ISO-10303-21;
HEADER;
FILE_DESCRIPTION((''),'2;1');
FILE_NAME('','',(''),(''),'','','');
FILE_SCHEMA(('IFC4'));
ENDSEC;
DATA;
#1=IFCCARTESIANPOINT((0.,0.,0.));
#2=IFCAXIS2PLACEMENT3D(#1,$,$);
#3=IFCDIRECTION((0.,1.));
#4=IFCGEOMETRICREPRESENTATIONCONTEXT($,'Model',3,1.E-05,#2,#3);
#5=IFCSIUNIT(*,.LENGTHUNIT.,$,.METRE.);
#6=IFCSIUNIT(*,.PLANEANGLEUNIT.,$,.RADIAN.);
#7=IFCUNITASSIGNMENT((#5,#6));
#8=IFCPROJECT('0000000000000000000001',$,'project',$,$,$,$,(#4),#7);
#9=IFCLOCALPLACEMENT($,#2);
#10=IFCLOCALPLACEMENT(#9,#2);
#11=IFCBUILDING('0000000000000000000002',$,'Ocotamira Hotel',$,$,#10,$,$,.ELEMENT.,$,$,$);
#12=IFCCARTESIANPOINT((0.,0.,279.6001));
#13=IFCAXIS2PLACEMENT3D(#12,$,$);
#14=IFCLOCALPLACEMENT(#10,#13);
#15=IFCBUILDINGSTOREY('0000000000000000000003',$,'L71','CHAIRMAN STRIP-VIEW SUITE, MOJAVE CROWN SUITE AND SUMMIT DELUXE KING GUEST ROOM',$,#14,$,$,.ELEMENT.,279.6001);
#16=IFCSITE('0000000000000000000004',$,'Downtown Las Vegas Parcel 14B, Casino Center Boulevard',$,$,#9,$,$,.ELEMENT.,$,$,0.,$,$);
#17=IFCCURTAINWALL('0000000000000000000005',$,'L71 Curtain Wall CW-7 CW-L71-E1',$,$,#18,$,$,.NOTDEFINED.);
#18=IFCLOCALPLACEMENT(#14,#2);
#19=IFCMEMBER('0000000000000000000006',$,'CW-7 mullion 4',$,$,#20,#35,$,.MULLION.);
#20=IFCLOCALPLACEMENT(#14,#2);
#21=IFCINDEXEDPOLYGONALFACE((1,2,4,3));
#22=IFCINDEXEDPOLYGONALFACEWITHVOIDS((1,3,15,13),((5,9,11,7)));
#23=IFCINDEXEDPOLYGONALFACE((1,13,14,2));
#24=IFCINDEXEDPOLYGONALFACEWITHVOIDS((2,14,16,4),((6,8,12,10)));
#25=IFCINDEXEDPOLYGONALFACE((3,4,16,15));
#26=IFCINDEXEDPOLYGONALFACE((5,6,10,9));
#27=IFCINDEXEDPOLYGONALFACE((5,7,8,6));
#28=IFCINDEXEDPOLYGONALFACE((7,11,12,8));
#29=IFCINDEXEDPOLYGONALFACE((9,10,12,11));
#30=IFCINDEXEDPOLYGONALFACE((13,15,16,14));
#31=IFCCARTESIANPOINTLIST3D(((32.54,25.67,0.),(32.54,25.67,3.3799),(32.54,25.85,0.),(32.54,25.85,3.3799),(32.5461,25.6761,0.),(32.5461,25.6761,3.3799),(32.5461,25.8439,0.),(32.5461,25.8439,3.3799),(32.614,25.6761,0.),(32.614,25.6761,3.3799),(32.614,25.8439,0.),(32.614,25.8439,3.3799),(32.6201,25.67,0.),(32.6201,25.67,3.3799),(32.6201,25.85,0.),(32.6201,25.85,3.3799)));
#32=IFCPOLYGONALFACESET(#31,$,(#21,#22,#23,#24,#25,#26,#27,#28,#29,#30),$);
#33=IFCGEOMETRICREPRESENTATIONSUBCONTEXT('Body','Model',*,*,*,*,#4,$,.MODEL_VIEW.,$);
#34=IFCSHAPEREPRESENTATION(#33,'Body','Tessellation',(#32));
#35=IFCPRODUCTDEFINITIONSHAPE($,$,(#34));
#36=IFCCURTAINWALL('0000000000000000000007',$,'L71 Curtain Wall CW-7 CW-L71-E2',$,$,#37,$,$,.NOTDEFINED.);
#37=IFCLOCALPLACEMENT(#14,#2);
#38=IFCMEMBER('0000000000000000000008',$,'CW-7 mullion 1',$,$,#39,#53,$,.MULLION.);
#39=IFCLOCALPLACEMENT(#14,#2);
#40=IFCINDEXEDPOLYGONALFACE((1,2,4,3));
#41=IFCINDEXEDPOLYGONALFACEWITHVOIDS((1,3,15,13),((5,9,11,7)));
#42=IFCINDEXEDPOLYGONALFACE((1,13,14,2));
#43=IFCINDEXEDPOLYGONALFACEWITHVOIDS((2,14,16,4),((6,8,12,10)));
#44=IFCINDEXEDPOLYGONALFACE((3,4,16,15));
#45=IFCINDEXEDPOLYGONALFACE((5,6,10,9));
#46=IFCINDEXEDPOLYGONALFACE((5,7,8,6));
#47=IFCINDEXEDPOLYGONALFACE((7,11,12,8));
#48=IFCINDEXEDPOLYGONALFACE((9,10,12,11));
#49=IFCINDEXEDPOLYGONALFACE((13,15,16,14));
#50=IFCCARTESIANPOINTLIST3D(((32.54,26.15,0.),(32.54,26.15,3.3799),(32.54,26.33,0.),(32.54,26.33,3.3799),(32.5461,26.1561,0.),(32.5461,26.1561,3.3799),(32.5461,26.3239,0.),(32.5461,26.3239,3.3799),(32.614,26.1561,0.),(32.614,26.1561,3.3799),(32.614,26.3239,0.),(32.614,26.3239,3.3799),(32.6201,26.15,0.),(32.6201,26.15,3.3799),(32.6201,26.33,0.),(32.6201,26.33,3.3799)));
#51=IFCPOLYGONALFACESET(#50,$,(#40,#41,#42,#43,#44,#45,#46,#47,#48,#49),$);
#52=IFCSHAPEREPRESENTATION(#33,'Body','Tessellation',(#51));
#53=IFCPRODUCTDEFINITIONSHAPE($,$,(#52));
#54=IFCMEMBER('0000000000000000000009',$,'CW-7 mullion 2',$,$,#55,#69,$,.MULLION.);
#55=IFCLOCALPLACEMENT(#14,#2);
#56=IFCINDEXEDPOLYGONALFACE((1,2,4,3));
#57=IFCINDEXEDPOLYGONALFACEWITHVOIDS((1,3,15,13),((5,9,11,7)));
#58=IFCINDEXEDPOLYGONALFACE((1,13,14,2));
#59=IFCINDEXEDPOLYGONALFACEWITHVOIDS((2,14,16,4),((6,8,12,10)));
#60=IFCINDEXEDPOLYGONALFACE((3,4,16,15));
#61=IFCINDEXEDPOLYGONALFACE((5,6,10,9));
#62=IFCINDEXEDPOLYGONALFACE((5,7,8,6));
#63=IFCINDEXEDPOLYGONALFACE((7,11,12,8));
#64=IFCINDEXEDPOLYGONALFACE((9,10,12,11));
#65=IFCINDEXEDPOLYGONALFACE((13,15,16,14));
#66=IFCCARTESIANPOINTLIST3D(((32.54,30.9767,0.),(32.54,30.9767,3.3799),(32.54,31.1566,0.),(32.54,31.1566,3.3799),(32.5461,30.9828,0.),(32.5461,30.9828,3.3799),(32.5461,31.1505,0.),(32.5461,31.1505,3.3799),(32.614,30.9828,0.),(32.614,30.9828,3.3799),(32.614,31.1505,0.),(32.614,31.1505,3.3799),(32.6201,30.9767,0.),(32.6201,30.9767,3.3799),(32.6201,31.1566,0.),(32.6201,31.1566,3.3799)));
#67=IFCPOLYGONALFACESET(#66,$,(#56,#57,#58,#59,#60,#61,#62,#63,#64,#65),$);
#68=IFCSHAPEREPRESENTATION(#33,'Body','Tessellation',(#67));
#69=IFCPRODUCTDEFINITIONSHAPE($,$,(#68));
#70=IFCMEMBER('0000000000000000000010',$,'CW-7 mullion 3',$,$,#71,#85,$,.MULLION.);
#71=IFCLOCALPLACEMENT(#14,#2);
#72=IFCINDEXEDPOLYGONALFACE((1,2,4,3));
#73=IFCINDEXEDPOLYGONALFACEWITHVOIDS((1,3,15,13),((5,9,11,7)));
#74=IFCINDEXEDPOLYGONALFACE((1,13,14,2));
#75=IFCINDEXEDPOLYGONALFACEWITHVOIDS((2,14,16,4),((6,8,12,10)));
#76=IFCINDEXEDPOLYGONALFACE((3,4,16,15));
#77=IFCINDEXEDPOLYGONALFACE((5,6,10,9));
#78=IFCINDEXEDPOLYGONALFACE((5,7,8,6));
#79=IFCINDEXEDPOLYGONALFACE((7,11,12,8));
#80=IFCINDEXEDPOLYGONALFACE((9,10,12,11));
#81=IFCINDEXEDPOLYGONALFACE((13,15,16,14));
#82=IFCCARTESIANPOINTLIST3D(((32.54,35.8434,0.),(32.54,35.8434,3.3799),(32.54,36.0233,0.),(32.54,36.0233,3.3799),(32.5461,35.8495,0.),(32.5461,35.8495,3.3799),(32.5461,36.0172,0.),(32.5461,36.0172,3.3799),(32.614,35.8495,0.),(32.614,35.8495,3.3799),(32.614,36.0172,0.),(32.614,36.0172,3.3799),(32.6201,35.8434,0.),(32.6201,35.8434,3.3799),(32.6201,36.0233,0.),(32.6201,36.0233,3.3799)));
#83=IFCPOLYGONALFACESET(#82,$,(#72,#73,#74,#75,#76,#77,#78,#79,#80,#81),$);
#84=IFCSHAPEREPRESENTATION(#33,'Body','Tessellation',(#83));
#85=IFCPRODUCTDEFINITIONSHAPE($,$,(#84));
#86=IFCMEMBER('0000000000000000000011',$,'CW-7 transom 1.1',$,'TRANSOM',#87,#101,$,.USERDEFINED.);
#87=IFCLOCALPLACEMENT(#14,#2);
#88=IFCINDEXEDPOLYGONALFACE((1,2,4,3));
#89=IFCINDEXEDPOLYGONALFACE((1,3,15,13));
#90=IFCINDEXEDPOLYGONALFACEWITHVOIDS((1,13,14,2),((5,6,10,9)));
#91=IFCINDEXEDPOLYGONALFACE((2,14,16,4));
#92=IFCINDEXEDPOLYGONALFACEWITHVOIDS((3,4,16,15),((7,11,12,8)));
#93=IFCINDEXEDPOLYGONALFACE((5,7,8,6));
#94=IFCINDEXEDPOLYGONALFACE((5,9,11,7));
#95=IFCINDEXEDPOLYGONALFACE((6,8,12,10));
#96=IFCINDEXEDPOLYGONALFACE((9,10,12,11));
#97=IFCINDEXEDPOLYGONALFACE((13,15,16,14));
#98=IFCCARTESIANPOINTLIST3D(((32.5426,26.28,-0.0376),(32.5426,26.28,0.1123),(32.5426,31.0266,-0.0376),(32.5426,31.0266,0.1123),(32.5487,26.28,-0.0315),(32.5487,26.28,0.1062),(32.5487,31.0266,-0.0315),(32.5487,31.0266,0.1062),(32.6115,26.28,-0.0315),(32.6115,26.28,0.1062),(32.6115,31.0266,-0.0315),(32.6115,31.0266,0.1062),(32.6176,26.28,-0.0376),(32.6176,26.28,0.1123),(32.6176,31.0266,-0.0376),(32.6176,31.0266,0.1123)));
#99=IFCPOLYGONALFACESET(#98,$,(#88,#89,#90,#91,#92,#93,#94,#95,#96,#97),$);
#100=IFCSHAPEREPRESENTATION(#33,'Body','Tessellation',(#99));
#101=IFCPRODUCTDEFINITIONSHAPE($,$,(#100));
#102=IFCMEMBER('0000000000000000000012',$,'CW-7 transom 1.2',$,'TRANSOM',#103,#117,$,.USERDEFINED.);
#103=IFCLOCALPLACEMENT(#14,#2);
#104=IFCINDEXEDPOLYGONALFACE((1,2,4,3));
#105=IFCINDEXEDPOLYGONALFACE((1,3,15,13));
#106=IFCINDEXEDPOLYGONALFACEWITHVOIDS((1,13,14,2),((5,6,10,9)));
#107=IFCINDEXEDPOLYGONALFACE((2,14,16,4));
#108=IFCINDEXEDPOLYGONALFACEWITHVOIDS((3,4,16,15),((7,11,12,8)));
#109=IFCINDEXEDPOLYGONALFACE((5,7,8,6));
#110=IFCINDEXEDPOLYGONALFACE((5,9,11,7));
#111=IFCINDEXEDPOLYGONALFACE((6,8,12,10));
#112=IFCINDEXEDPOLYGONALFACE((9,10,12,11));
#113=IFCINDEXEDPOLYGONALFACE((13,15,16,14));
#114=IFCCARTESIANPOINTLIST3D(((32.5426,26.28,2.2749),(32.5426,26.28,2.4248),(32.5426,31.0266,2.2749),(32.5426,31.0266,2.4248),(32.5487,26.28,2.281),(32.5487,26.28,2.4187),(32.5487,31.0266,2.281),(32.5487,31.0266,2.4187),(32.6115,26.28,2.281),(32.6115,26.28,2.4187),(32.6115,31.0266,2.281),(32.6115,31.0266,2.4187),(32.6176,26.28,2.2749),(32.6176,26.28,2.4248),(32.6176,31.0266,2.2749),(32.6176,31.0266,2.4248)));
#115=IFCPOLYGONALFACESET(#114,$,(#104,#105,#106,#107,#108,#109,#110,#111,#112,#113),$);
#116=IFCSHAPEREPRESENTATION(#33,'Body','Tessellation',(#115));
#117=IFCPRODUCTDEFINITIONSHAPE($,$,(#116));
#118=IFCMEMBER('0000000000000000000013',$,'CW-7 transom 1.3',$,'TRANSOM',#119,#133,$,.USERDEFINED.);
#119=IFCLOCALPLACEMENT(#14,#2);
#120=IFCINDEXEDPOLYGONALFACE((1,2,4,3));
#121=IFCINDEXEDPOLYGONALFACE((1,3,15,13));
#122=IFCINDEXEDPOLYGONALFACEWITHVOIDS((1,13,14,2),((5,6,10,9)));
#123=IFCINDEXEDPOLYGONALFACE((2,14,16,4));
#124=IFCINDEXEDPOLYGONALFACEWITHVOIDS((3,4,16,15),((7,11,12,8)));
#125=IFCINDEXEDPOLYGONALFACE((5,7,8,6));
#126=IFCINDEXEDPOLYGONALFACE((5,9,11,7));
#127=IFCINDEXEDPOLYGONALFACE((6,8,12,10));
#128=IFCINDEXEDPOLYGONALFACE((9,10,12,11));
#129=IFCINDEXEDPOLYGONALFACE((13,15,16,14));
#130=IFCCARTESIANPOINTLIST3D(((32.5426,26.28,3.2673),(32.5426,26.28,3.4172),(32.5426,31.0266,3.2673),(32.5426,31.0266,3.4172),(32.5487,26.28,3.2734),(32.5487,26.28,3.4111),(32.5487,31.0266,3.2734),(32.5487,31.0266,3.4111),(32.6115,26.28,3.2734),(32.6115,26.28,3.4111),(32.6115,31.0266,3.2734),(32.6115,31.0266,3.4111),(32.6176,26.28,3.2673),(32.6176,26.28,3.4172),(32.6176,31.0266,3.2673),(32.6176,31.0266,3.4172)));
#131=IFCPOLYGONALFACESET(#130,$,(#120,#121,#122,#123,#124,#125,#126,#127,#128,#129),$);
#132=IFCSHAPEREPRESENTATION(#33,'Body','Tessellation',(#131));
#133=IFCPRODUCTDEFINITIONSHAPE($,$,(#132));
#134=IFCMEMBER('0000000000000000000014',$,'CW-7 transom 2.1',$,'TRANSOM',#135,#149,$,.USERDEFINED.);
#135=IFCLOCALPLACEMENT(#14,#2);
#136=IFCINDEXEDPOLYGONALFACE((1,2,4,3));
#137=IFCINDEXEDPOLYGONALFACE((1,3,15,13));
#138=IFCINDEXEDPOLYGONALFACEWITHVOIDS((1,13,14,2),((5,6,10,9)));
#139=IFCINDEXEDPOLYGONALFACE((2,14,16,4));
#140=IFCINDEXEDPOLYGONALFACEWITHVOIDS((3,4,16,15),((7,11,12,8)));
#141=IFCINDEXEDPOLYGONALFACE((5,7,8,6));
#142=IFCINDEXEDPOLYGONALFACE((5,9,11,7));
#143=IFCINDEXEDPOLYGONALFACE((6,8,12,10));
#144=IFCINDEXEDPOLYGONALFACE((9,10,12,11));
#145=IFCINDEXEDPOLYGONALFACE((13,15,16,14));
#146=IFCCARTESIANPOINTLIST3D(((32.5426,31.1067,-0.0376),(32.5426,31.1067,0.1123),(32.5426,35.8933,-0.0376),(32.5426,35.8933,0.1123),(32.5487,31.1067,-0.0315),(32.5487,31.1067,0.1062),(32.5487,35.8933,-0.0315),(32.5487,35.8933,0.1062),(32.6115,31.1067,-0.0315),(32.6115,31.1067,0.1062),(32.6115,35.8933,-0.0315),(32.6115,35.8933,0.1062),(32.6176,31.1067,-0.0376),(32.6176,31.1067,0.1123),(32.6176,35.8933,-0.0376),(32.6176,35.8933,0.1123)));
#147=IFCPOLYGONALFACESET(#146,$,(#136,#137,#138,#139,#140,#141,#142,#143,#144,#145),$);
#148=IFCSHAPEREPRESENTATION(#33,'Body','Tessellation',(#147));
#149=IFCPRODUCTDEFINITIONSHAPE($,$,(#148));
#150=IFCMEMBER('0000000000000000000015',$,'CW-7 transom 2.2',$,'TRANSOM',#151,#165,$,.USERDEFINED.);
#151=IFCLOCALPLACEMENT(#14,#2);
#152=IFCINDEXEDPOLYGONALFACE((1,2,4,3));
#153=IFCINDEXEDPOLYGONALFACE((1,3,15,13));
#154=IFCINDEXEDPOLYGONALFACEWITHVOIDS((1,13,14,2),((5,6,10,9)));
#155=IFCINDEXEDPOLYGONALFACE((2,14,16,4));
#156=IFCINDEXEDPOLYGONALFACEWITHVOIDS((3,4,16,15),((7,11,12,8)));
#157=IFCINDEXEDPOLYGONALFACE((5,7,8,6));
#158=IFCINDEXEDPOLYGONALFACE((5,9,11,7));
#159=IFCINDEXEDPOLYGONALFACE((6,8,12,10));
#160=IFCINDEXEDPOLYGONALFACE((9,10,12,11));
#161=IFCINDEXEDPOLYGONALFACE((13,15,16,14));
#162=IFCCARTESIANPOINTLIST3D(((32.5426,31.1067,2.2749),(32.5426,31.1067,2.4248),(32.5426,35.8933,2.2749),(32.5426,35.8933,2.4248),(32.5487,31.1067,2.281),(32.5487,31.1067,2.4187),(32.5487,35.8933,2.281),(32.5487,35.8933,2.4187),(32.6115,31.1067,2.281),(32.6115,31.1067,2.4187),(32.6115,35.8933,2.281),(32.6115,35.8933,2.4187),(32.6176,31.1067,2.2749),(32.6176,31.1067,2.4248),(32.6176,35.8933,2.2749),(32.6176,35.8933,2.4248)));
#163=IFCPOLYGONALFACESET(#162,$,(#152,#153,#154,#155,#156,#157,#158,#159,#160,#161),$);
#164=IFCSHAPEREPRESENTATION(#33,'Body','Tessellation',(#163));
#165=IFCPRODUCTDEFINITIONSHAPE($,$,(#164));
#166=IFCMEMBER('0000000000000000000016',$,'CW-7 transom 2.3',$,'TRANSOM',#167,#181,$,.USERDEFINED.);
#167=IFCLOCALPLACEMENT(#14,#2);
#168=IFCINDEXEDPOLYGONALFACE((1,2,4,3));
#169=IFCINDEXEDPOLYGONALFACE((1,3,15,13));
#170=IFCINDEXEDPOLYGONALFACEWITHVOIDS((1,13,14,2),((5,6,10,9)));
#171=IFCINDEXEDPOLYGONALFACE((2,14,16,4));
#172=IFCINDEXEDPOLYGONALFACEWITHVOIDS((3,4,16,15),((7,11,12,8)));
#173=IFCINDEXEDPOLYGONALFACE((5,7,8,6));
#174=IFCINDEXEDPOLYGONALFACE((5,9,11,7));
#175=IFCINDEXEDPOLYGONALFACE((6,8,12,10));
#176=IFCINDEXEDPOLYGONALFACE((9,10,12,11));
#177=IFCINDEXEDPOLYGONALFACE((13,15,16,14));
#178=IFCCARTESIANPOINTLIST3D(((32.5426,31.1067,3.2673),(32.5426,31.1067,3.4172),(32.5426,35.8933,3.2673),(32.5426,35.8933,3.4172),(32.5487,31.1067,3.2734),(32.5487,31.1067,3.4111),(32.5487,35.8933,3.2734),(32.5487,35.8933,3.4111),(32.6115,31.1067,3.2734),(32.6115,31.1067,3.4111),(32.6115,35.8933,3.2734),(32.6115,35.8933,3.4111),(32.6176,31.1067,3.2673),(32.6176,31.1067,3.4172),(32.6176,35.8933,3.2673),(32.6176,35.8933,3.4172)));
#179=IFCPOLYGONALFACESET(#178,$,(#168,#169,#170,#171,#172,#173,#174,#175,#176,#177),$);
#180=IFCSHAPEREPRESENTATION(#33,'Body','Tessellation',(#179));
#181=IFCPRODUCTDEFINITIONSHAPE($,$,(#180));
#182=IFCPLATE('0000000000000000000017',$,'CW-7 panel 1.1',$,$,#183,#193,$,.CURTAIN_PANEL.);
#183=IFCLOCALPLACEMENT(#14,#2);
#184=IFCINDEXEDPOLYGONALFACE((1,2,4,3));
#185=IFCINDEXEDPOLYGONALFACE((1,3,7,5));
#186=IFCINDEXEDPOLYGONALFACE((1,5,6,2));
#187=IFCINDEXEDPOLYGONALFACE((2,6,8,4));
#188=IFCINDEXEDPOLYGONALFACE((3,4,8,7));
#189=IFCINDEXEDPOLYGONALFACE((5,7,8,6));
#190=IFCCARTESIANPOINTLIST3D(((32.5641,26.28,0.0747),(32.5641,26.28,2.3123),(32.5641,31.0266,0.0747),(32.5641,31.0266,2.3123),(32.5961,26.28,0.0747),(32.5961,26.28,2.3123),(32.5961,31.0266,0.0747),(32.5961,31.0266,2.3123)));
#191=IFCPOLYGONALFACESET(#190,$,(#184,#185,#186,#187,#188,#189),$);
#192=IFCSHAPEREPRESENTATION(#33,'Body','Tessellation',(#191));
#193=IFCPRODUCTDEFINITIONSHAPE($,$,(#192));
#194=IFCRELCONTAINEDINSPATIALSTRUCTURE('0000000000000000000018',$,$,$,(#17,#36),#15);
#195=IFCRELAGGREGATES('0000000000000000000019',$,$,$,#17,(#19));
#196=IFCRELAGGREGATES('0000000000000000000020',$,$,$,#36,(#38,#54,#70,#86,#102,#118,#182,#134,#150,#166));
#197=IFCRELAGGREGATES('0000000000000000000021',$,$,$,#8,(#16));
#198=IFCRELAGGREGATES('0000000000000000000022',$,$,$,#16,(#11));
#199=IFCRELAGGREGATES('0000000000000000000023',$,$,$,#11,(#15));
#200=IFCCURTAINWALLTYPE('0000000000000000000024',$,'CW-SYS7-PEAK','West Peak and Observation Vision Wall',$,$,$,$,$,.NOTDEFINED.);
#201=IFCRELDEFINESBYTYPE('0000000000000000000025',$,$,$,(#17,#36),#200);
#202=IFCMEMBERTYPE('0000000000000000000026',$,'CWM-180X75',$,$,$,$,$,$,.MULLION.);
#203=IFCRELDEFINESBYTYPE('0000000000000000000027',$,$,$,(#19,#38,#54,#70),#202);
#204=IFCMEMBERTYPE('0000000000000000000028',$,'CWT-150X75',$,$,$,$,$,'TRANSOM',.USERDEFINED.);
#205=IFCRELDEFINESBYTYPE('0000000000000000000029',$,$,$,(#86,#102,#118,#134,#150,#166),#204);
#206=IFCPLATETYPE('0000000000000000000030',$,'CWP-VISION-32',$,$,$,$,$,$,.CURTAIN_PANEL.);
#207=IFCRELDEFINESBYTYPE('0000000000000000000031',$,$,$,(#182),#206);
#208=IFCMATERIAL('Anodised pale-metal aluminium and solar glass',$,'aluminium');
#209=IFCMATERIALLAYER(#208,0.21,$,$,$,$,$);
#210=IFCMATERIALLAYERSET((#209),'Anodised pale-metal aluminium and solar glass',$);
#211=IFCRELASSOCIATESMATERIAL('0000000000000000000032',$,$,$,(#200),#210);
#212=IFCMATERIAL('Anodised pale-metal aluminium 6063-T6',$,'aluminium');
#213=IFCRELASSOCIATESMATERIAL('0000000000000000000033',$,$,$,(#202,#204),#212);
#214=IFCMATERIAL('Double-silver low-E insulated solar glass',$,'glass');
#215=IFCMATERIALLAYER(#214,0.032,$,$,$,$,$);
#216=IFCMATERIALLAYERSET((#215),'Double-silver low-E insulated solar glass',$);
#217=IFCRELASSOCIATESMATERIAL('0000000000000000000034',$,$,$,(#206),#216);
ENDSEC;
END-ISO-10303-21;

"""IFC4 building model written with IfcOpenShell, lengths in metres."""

from ifc_helpers import new_model, si_unit, direction, frame, origin, origin_2d, place, context, subcontext, project, spatial, rectangle, hollow_rectangle, extrude, source, transform, mapped, material, layer, layer_set, material_profile, profile_set, type_object, element, aggregate, save


model = new_model("IFC4")

# Units and contexts
model_context = context("Model", 3, precision=1e-05, world=origin(), true_north=direction((0.0, 1.0)))
body_context = subcontext(model_context, "Body", "Model", "MODEL_VIEW")
ifc_project = project(units=[si_unit("LENGTHUNIT", "METRE"), si_unit("PLANEANGLEUNIT", "RADIAN")], contexts=[model_context])

# Site, building, storey
site_placement = place(None, origin())
site = spatial("IfcSite", under=ifc_project, at=site_placement, Name="Downtown Las Vegas Parcel 14B, Casino Center Boulevard", CompositionType="ELEMENT", RefElevation=0.0)
building_placement = place(site_placement, origin())
building = spatial("IfcBuilding", under=site, at=building_placement, Name="Ocotamira Hotel", CompositionType="ELEMENT")
storey_placement = place(building_placement, frame((0.0, 0.0, 279.6001)))
storey = spatial("IfcBuildingStorey", under=building, at=storey_placement, Name="L71", Description="CHAIRMAN STRIP-VIEW SUITE, MOJAVE CROWN SUITE AND SUMMIT DELUXE KING GUEST ROOM", CompositionType="ELEMENT", Elevation=279.6001)

# Curtain wall, member
ifc_material_1 = material(Name="Anodised pale-metal aluminium and solar glass", Category="aluminium")
ifc_layer_1 = layer(ifc_material_1, 0.21)
ifc_layer_set_1 = layer_set([ifc_layer_1], Name="Anodised pale-metal aluminium and solar glass")
curtain_wall_type = type_object("IfcCurtainWallType", Name="CW-SYS7-PEAK", Description="West Peak and Observation Vision Wall", PredefinedType="NOTDEFINED", material=ifc_layer_set_1)
curtain_wall_1_placement = place(storey_placement, origin())
curtain_wall_1 = element("IfcCurtainWall", 1, at=curtain_wall_1_placement, inside=storey, type_object=curtain_wall_type, Name="L71 Curtain Wall CW-7 CW-L71-E1", PredefinedType="NOTDEFINED")
ifc_material_2 = material(Name="Anodised pale-metal aluminium 6063-T6", Category="aluminium")
ifc_material_profile_1 = material_profile(ifc_material_2, hollow_rectangle(XDim=0.0801, YDim=0.1799, WallThickness=0.0061, at=origin_2d()), Name="HSS180X80X6")
ifc_profile_set_1 = profile_set([ifc_material_profile_1], Name="Anodised pale-metal aluminium 6063-T6")
member_type_1 = type_object("IfcMemberType", Name="CWM-180X75", PredefinedType="MULLION", material=ifc_profile_set_1)
shared_shape_1 = source(origin(), body_context, "Body", "SweptSolid", [
    extrude(hollow_rectangle(XDim=0.0801, YDim=0.1799, WallThickness=0.0061, at=origin_2d()), origin(), (0.0, 0.0, 1.0), 3.3799),
])
member_1_placement = place(storey_placement, frame((32.5801, 25.76, 0.0), z_axis=(0.0, 0.0, 1.0), x_axis=(-1.0, 0.0, 0.0)))
member_1 = element("IfcMember", 2, at=member_1_placement, type_object=member_type_1, Name="CW-7 mullion 4", PredefinedType="MULLION", context=body_context, shape_type="MappedRepresentation", body=[
    mapped(shared_shape_1, transform((0.0, 0.0, 0.0), scale=1.0)),
])
aggregate(curtain_wall_1, [member_1])

# Curtain wall, members, plate
curtain_wall_2_placement = place(storey_placement, origin())
curtain_wall_2 = element("IfcCurtainWall", 3, at=curtain_wall_2_placement, inside=storey, type_object=curtain_wall_type, Name="L71 Curtain Wall CW-7 CW-L71-E2", PredefinedType="NOTDEFINED")
member_2_placement = place(storey_placement, frame((32.5801, 26.24, 0.0), z_axis=(0.0, 0.0, 1.0), x_axis=(-1.0, 0.0, 0.0)))
member_2 = element("IfcMember", 4, at=member_2_placement, type_object=member_type_1, Name="CW-7 mullion 1", PredefinedType="MULLION", context=body_context, shape_type="MappedRepresentation", body=[
    mapped(shared_shape_1, transform((0.0, 0.0, 0.0), scale=1.0)),
])
member_3_placement = place(storey_placement, frame((32.5801, 31.0667, 0.0), z_axis=(0.0, 0.0, 1.0), x_axis=(-1.0, 0.0, 0.0)))
member_3 = element("IfcMember", 5, at=member_3_placement, type_object=member_type_1, Name="CW-7 mullion 2", PredefinedType="MULLION", context=body_context, shape_type="MappedRepresentation", body=[
    mapped(shared_shape_1, transform((0.0, 0.0, 0.0), scale=1.0)),
])
member_4_placement = place(storey_placement, frame((32.5801, 35.9333, 0.0), z_axis=(0.0, 0.0, 1.0), x_axis=(-1.0, 0.0, 0.0)))
member_4 = element("IfcMember", 6, at=member_4_placement, type_object=member_type_1, Name="CW-7 mullion 3", PredefinedType="MULLION", context=body_context, shape_type="MappedRepresentation", body=[
    mapped(shared_shape_1, transform((0.0, 0.0, 0.0), scale=1.0)),
])
ifc_material_profile_2 = material_profile(ifc_material_2, hollow_rectangle(XDim=0.075, YDim=0.1499, WallThickness=0.0061, at=origin_2d()), Name="HSS150X75X6")
ifc_profile_set_2 = profile_set([ifc_material_profile_2], Name="Anodised pale-metal aluminium 6063-T6")
member_type_2 = type_object("IfcMemberType", Name="CWT-150X75", ElementType="TRANSOM", PredefinedType="USERDEFINED", material=ifc_profile_set_2)
shared_shape_2 = source(origin(), body_context, "Body", "SweptSolid", [
    extrude(hollow_rectangle(XDim=0.075, YDim=0.1499, WallThickness=0.0061, at=origin_2d()), origin(), (0.0, 0.0, 1.0), 4.7466),
])
member_5_placement = place(storey_placement, frame((32.5801, 26.28, 0.0374), z_axis=(0.0, 1.0, 0.0), x_axis=(-1.0, 0.0, 0.0)))
member_5 = element("IfcMember", 7, at=member_5_placement, type_object=member_type_2, Name="CW-7 transom 1.1", ObjectType="TRANSOM", PredefinedType="USERDEFINED", context=body_context, shape_type="MappedRepresentation", body=[
    mapped(shared_shape_2, transform((0.0, 0.0, 0.0), scale=1.0)),
])
member_6_placement = place(storey_placement, frame((32.5801, 26.28, 2.3499), z_axis=(0.0, 1.0, 0.0), x_axis=(-1.0, 0.0, 0.0)))
member_6 = element("IfcMember", 8, at=member_6_placement, type_object=member_type_2, Name="CW-7 transom 1.2", ObjectType="TRANSOM", PredefinedType="USERDEFINED", context=body_context, shape_type="MappedRepresentation", body=[
    mapped(shared_shape_2, transform((0.0, 0.0, 0.0), scale=1.0)),
])
member_7_placement = place(storey_placement, frame((32.5801, 26.28, 3.3423), z_axis=(0.0, 1.0, 0.0), x_axis=(-1.0, 0.0, 0.0)))
member_7 = element("IfcMember", 9, at=member_7_placement, type_object=member_type_2, Name="CW-7 transom 1.3", ObjectType="TRANSOM", PredefinedType="USERDEFINED", context=body_context, shape_type="MappedRepresentation", body=[
    mapped(shared_shape_2, transform((0.0, 0.0, 0.0), scale=1.0)),
])
shared_shape_3 = source(origin(), body_context, "Body", "SweptSolid", [
    extrude(hollow_rectangle(XDim=0.075, YDim=0.1499, WallThickness=0.0061, at=origin_2d()), origin(), (0.0, 0.0, 1.0), 4.7866),
])
member_8_placement = place(storey_placement, frame((32.5801, 31.1067, 0.0374), z_axis=(0.0, 1.0, 0.0), x_axis=(-1.0, 0.0, 0.0)))
member_8 = element("IfcMember", 10, at=member_8_placement, type_object=member_type_2, Name="CW-7 transom 2.1", ObjectType="TRANSOM", PredefinedType="USERDEFINED", context=body_context, shape_type="MappedRepresentation", body=[
    mapped(shared_shape_3, transform((0.0, 0.0, 0.0), scale=1.0)),
])
member_9_placement = place(storey_placement, frame((32.5801, 31.1067, 2.3499), z_axis=(0.0, 1.0, 0.0), x_axis=(-1.0, 0.0, 0.0)))
member_9 = element("IfcMember", 11, at=member_9_placement, type_object=member_type_2, Name="CW-7 transom 2.2", ObjectType="TRANSOM", PredefinedType="USERDEFINED", context=body_context, shape_type="MappedRepresentation", body=[
    mapped(shared_shape_3, transform((0.0, 0.0, 0.0), scale=1.0)),
])
member_10_placement = place(storey_placement, frame((32.5801, 31.1067, 3.3423), z_axis=(0.0, 1.0, 0.0), x_axis=(-1.0, 0.0, 0.0)))
member_10 = element("IfcMember", 12, at=member_10_placement, type_object=member_type_2, Name="CW-7 transom 2.3", ObjectType="TRANSOM", PredefinedType="USERDEFINED", context=body_context, shape_type="MappedRepresentation", body=[
    mapped(shared_shape_3, transform((0.0, 0.0, 0.0), scale=1.0)),
])
ifc_material_3 = material(Name="Double-silver low-E insulated solar glass", Category="glass")
ifc_layer_2 = layer(ifc_material_3, 0.032)
ifc_layer_set_2 = layer_set([ifc_layer_2], Name="Double-silver low-E insulated solar glass")
plate_type = type_object("IfcPlateType", Name="CWP-VISION-32", PredefinedType="CURTAIN_PANEL", material=ifc_layer_set_2)
shared_shape_4 = source(origin(), body_context, "Body", "SweptSolid", [
    extrude(rectangle(XDim=4.7466, YDim=0.032, at=origin_2d()), origin(), (0.0, 0.0, 1.0), 2.2375),
])
plate_1_placement = place(storey_placement, frame((32.5801, 28.6533, 0.0747), z_axis=(0.0, 0.0, 1.0), x_axis=(0.0, 1.0, 0.0)))
plate_1 = element("IfcPlate", 13, at=plate_1_placement, type_object=plate_type, Name="CW-7 panel 1.1", PredefinedType="CURTAIN_PANEL", context=body_context, shape_type="MappedRepresentation", body=[
    mapped(shared_shape_4, transform((0.0, 0.0, 0.0), scale=1.0)),
])
aggregate(curtain_wall_2, [member_2, member_3, member_4, member_5, member_6, member_7, plate_1, member_8, member_9, member_10])

save(model, "model.ifc")
